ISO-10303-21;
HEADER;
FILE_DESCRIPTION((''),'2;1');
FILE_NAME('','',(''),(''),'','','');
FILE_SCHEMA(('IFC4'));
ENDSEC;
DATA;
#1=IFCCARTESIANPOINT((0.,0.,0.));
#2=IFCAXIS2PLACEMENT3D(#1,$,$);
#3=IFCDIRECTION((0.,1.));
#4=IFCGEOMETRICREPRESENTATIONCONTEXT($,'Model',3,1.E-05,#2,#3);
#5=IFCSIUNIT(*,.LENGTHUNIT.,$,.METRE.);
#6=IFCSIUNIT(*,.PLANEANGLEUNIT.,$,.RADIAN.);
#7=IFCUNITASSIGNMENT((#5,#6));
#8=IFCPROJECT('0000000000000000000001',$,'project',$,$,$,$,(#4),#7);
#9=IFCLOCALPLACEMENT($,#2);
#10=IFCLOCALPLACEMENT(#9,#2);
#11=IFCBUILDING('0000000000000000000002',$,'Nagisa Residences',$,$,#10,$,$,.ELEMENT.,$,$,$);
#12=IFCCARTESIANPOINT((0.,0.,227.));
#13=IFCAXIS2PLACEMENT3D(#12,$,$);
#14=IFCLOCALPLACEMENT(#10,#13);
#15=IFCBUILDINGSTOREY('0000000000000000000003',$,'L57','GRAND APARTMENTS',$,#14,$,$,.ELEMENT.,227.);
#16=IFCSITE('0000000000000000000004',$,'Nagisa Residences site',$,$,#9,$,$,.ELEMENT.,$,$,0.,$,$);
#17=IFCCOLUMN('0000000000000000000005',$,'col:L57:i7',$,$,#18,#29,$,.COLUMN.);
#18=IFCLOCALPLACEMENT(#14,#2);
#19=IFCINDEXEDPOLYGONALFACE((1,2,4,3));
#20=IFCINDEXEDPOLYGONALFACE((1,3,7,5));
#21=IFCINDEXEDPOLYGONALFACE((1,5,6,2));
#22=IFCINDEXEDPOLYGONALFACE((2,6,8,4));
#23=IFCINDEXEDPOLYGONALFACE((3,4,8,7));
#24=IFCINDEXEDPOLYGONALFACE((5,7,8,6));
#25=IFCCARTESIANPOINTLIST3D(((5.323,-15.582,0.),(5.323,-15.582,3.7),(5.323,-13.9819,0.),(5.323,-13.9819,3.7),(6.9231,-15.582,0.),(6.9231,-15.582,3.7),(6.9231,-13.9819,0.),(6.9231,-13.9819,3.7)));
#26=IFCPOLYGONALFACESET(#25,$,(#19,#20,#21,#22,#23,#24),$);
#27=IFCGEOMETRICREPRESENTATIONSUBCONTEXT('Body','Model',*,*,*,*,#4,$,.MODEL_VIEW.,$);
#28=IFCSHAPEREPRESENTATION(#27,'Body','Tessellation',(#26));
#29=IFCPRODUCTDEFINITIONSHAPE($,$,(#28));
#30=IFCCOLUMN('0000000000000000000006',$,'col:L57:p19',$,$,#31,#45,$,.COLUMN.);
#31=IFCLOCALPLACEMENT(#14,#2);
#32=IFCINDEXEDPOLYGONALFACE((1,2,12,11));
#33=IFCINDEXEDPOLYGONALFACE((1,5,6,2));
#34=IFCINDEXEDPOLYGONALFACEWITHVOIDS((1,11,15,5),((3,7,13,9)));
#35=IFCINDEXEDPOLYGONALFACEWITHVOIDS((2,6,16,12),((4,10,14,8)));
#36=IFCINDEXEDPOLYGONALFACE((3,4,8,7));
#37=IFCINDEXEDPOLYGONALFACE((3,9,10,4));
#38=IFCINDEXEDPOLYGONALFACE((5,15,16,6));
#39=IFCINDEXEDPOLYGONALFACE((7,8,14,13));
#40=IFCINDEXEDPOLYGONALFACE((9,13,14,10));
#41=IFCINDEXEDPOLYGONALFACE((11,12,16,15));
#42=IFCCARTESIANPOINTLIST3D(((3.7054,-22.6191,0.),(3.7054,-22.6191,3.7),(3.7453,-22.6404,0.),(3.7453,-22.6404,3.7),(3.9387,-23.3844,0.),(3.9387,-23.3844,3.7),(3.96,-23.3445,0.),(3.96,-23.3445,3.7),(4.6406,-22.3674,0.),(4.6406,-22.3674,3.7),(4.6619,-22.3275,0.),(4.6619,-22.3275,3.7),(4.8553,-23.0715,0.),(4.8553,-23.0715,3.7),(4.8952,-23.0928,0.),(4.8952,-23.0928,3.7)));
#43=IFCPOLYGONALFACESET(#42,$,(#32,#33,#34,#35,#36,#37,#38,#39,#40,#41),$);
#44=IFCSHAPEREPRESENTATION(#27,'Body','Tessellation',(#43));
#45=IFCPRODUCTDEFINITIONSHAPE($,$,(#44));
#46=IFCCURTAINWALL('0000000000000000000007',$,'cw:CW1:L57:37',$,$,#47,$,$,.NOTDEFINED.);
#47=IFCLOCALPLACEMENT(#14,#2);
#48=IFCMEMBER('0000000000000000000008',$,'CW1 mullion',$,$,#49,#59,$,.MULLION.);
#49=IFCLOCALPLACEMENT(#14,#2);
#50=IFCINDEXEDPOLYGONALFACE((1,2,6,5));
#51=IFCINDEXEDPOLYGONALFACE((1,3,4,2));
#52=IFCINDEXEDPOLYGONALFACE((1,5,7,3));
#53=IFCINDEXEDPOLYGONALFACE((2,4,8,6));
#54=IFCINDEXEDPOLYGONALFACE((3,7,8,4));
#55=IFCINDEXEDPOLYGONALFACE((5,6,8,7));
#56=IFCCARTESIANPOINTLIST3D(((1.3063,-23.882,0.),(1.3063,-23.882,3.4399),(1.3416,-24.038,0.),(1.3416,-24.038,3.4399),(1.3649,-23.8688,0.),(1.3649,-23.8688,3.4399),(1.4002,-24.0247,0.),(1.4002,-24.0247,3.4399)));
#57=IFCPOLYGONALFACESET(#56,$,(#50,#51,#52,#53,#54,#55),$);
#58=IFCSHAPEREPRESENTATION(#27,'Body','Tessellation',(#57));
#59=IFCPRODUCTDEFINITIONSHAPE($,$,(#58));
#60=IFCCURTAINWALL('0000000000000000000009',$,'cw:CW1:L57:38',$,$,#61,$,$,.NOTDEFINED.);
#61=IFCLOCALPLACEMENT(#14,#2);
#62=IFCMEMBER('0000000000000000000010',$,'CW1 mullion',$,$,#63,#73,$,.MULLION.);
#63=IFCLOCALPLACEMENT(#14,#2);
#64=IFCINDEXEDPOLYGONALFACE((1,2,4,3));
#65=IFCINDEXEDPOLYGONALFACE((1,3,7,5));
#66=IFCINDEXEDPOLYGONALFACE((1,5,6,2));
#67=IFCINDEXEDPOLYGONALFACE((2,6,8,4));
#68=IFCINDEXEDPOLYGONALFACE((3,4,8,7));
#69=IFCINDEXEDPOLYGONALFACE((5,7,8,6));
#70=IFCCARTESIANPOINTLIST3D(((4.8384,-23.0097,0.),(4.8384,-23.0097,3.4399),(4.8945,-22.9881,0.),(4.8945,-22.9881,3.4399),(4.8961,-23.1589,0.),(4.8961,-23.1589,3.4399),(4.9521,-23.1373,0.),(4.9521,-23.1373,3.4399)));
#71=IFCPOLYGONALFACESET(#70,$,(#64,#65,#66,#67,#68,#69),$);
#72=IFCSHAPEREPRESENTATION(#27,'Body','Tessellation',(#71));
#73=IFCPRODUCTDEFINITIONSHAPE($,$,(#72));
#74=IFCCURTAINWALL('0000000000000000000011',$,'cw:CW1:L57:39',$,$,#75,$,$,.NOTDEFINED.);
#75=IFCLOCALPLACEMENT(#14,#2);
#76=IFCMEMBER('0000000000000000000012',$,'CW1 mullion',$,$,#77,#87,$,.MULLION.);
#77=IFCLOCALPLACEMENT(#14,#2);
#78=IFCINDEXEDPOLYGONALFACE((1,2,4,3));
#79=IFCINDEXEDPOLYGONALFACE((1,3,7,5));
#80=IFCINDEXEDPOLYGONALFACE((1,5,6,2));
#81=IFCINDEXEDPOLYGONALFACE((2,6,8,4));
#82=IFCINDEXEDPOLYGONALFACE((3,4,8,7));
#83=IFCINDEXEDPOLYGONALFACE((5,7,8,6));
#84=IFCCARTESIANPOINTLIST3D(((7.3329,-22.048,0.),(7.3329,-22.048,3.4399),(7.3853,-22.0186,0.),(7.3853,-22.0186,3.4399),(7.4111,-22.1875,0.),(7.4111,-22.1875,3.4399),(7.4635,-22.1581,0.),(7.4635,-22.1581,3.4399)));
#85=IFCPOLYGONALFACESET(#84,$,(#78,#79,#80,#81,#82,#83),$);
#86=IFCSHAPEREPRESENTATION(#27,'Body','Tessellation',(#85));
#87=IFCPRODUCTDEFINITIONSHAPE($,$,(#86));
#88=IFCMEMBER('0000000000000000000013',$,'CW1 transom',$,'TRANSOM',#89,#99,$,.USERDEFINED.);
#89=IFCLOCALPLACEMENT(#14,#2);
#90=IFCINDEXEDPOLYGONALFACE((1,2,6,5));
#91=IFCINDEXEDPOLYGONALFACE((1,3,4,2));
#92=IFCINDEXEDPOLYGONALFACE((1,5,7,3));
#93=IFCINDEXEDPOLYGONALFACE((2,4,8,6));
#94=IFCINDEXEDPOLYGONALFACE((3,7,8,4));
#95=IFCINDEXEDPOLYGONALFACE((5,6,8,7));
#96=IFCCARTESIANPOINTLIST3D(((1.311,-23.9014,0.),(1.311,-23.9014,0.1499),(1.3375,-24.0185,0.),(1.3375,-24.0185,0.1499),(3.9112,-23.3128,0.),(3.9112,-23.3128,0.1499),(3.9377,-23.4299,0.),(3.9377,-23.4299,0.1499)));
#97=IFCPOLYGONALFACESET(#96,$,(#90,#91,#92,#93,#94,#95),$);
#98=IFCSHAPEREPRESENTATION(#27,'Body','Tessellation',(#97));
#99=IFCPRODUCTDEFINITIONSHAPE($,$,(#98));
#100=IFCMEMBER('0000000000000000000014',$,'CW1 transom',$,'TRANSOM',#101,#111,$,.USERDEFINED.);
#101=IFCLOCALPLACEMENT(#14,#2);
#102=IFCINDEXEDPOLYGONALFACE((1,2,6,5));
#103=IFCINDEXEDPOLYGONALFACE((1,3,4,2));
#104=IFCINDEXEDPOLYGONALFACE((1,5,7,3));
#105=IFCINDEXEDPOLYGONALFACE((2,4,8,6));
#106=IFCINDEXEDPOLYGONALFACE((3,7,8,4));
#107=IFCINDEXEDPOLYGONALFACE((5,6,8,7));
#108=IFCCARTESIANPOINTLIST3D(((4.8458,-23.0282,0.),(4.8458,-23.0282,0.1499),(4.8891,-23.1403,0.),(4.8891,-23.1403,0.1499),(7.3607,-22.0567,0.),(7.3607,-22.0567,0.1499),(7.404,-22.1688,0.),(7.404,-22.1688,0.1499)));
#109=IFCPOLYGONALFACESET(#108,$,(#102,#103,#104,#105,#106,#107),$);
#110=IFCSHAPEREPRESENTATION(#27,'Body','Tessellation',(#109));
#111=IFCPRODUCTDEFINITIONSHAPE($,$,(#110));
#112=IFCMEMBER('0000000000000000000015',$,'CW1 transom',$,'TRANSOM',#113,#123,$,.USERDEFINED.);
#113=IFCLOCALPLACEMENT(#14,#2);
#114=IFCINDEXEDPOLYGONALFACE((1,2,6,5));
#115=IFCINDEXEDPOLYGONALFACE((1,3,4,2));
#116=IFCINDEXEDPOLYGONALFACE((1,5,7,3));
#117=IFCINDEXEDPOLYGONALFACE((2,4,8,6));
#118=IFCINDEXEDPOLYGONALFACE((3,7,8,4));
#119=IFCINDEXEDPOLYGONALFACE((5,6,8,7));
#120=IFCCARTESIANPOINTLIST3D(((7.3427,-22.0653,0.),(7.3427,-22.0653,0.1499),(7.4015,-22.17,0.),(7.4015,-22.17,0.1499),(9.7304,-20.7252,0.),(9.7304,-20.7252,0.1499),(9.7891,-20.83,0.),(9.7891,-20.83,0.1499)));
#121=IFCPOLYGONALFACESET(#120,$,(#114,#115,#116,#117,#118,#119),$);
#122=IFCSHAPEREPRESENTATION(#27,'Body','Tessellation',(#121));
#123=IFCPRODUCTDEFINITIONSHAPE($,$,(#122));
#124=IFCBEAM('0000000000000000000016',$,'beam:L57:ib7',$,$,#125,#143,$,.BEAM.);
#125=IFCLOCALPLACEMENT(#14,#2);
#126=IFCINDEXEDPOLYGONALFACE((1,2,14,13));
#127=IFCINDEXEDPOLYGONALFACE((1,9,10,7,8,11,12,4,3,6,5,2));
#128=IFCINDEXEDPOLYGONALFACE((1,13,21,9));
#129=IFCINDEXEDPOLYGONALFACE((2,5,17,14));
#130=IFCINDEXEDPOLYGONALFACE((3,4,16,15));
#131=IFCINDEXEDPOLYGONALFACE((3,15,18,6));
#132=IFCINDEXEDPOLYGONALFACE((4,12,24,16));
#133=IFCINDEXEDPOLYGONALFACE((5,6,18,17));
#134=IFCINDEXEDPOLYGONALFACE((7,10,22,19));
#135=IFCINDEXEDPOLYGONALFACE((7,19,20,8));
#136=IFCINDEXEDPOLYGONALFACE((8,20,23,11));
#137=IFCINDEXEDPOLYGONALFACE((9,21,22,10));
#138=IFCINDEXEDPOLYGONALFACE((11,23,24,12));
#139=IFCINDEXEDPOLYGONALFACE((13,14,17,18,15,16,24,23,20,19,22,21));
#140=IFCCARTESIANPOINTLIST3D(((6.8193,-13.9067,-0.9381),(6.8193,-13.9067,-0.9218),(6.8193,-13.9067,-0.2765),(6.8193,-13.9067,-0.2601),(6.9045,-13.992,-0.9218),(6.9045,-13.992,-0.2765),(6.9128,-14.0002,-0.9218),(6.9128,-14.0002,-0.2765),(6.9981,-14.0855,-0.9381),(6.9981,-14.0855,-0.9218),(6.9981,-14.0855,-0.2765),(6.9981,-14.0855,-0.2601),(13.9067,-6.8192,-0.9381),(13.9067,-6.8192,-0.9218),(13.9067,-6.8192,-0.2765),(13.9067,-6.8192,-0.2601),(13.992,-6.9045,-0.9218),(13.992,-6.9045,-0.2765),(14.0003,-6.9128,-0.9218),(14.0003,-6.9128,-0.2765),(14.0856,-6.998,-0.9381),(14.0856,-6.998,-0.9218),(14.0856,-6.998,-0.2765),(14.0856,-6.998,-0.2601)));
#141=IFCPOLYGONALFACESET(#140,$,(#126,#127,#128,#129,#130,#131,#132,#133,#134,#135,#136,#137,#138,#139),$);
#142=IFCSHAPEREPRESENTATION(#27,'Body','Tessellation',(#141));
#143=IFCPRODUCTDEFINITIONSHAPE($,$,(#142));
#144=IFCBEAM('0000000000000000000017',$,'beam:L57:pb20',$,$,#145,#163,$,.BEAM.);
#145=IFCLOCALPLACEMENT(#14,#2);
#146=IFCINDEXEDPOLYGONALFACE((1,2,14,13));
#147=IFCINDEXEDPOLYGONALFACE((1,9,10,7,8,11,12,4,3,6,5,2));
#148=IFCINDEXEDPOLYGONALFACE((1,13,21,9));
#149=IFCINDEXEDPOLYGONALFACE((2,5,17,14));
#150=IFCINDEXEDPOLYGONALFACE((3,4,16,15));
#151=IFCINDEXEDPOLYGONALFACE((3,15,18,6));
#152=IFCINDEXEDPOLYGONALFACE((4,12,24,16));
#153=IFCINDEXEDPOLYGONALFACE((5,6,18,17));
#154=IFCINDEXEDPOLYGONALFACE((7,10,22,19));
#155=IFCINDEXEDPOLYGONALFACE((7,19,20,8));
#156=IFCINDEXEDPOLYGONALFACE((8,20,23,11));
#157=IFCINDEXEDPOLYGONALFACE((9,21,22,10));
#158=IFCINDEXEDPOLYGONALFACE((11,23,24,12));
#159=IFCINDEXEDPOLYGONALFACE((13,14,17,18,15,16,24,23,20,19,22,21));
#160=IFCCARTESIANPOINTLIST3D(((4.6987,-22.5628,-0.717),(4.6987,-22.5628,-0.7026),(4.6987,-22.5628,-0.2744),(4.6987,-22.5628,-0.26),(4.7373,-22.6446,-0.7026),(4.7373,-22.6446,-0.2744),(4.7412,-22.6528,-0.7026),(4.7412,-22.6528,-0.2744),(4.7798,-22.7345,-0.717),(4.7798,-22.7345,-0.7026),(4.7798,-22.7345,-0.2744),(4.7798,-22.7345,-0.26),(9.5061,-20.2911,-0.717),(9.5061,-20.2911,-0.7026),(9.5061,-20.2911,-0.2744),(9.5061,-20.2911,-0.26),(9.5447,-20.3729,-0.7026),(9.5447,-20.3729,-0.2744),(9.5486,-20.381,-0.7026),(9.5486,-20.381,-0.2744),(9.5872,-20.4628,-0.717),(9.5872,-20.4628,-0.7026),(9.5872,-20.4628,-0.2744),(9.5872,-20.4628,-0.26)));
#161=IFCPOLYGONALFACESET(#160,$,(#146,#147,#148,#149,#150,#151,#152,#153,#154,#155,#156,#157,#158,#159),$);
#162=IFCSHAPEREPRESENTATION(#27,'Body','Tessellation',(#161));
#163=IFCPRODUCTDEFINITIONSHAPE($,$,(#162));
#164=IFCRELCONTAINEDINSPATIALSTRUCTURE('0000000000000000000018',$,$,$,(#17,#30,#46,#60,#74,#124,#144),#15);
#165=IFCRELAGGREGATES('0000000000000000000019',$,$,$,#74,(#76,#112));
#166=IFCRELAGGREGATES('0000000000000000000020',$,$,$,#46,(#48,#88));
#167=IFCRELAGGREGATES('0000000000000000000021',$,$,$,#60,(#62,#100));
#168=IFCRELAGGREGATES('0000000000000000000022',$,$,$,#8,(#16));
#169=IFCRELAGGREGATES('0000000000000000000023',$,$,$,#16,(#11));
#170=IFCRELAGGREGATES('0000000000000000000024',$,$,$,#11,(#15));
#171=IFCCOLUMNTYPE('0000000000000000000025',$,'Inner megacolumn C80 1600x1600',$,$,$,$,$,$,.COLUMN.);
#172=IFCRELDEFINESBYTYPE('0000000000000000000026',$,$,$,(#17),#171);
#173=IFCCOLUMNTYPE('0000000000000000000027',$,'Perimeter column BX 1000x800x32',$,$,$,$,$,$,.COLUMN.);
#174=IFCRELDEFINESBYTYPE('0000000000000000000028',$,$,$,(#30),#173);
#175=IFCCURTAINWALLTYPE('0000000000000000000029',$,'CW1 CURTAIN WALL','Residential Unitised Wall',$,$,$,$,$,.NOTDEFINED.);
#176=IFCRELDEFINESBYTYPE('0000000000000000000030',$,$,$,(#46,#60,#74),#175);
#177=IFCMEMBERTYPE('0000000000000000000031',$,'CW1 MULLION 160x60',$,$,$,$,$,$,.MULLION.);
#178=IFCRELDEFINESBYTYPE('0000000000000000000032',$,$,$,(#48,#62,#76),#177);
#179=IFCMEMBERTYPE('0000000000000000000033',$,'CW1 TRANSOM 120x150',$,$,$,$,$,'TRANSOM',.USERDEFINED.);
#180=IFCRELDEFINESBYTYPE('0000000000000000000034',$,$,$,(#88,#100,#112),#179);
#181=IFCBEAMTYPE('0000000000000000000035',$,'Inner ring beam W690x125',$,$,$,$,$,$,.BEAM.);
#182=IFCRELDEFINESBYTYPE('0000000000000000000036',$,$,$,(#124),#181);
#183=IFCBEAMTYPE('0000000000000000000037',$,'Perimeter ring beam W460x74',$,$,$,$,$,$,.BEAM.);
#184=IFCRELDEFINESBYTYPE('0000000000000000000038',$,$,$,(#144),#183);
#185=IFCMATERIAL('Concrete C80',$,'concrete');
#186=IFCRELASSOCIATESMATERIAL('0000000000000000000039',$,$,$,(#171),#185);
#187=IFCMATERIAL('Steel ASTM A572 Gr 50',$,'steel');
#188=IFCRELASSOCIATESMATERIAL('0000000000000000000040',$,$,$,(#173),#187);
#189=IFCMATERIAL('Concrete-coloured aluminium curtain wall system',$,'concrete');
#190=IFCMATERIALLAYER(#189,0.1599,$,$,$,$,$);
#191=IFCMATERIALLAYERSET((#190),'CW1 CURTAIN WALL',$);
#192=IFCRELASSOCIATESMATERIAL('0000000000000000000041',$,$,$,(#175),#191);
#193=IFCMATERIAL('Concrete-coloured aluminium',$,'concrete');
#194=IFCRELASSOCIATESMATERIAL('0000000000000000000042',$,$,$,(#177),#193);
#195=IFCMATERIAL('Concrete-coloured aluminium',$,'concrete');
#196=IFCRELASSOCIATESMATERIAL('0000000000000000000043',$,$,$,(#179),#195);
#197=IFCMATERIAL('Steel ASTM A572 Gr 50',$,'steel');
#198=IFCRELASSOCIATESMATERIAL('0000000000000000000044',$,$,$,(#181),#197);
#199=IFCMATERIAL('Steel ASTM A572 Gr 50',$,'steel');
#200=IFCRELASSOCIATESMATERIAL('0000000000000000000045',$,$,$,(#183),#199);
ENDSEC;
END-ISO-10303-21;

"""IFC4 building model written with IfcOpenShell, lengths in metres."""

from ifc_helpers import new_model, si_unit, direction, frame, origin, origin_2d, place, context, subcontext, project, spatial, rectangle, hollow_rectangle, i_section, extrude, material, layer, layer_set, material_profile, profile_set, type_object, element, aggregate, save


model = new_model("IFC4")

# Units and contexts
model_context = context("Model", 3, precision=1e-05, world=origin(), true_north=direction((0.0, 1.0)))
body_context = subcontext(model_context, "Body", "Model", "MODEL_VIEW")
ifc_project = project(units=[si_unit("LENGTHUNIT", "METRE"), si_unit("PLANEANGLEUNIT", "RADIAN")], contexts=[model_context])

# Site, building, storey
site_placement = place(None, origin())
site = spatial("IfcSite", under=ifc_project, at=site_placement, Name="Nagisa Residences site", CompositionType="ELEMENT", RefElevation=0.0)
building_placement = place(site_placement, origin())
building = spatial("IfcBuilding", under=site, at=building_placement, Name="Nagisa Residences", CompositionType="ELEMENT")
storey_placement = place(building_placement, frame((0.0, 0.0, 227.0)))
storey = spatial("IfcBuildingStorey", under=building, at=storey_placement, Name="L57", Description="GRAND APARTMENTS", CompositionType="ELEMENT", Elevation=227.0)

# Columns
ifc_material_1 = material(Name="Concrete C80", Category="concrete")
ifc_material_profile_1 = material_profile(ifc_material_1, rectangle(XDim=1.6001, YDim=1.6001, at=origin_2d()), Name="C80 1600x1600")
ifc_profile_set_1 = profile_set([ifc_material_profile_1], Name="Concrete C80")
column_type_1 = type_object("IfcColumnType", Name="Inner megacolumn C80 1600x1600", PredefinedType="COLUMN", material=ifc_profile_set_1)
column_1_placement = place(storey_placement, frame((6.123, -14.782, 0.0), z_axis=(0.0, 0.0, 1.0), x_axis=(1.0, 0.0, 0.0)))
element("IfcColumn", 1, at=column_1_placement, inside=storey, type_object=column_type_1, Name="col:L57:i7", PredefinedType="COLUMN", context=body_context, shape_type="SweptSolid", body=[
    extrude(rectangle(XDim=1.6001, YDim=1.6001, at=origin_2d()), origin(), (0.0, 0.0, 1.0), 3.7),
])
ifc_material_2 = material(Name="Steel ASTM A572 Gr 50", Category="steel")
ifc_material_profile_2 = material_profile(ifc_material_2, hollow_rectangle(XDim=1.0, YDim=0.8, WallThickness=0.032, at=origin_2d()), Name="BX 1000x800x32")
ifc_profile_set_2 = profile_set([ifc_material_profile_2], Name="Steel ASTM A572 Gr 50")
column_type_2 = type_object("IfcColumnType", Name="Perimeter column BX 1000x800x32", PredefinedType="COLUMN", material=ifc_profile_set_2)
column_2_placement = place(storey_placement, frame((4.3003, -22.856, 0.0), z_axis=(0.0, 0.0, 1.0), x_axis=(0.956525, 0.291652, 0.0)))
element("IfcColumn", 2, at=column_2_placement, inside=storey, type_object=column_type_2, Name="col:L57:p19", PredefinedType="COLUMN", context=body_context, shape_type="SweptSolid", body=[
    extrude(hollow_rectangle(XDim=1.0, YDim=0.8, WallThickness=0.032, at=origin_2d()), origin(), (0.0, 0.0, 1.0), 3.7),
])

# Curtain walls, members
ifc_material_3 = material(Name="Concrete-coloured aluminium curtain wall system", Category="concrete")
ifc_layer_1 = layer(ifc_material_3, 0.1599)
ifc_layer_set_1 = layer_set([ifc_layer_1], Name="CW1 CURTAIN WALL")
curtain_wall_type = type_object("IfcCurtainWallType", Name="CW1 CURTAIN WALL", Description="Residential Unitised Wall", PredefinedType="NOTDEFINED", material=ifc_layer_set_1)
curtain_wall_1_placement = place(storey_placement, origin())
curtain_wall_1 = element("IfcCurtainWall", 3, at=curtain_wall_1_placement, inside=storey, type_object=curtain_wall_type, Name="cw:CW1:L57:37", PredefinedType="NOTDEFINED")
ifc_material_4 = material(Name="Concrete-coloured aluminium", Category="concrete")
ifc_material_profile_3 = material_profile(ifc_material_4, rectangle(XDim=0.1599, YDim=0.0601, at=origin_2d()), Name="CW1 MULLION 160x60")
ifc_profile_set_3 = profile_set([ifc_material_profile_3], Name="Concrete-coloured aluminium")
member_type_1 = type_object("IfcMemberType", Name="CW1 MULLION 160x60", PredefinedType="MULLION", material=ifc_profile_set_3)
member_1_placement = place(storey_placement, frame((1.3533, -23.9534, 0.0), z_axis=(0.0, 0.0, 1.0), x_axis=(-0.220764, 0.975327, 0.0)))
member_1 = element("IfcMember", 4, at=member_1_placement, type_object=member_type_1, Name="CW1 mullion", PredefinedType="MULLION", context=body_context, shape_type="SweptSolid", body=[
    extrude(rectangle(XDim=0.1599, YDim=0.0601, at=origin_2d()), origin(), (0.0, 0.0, 1.0), 3.4399),
])
curtain_wall_2_placement = place(storey_placement, origin())
curtain_wall_2 = element("IfcCurtainWall", 5, at=curtain_wall_2_placement, inside=storey, type_object=curtain_wall_type, Name="cw:CW1:L57:38", PredefinedType="NOTDEFINED")
member_2_placement = place(storey_placement, frame((4.8953, -23.0735, 0.0), z_axis=(0.0, 0.0, 1.0), x_axis=(-0.360328, 0.932826, 0.0)))
member_2 = element("IfcMember", 6, at=member_2_placement, type_object=member_type_1, Name="CW1 mullion", PredefinedType="MULLION", context=body_context, shape_type="SweptSolid", body=[
    extrude(rectangle(XDim=0.1599, YDim=0.0601, at=origin_2d()), origin(), (0.0, 0.0, 1.0), 3.4399),
])
curtain_wall_3_placement = place(storey_placement, origin())
curtain_wall_3 = element("IfcCurtainWall", 7, at=curtain_wall_3_placement, inside=storey, type_object=curtain_wall_type, Name="cw:CW1:L57:39", PredefinedType="NOTDEFINED")
member_3_placement = place(storey_placement, frame((7.3982, -22.103, 0.0), z_axis=(0.0, 0.0, 1.0), x_axis=(-0.489377, 0.872072, 0.0)))
member_3 = element("IfcMember", 8, at=member_3_placement, type_object=member_type_1, Name="CW1 mullion", PredefinedType="MULLION", context=body_context, shape_type="SweptSolid", body=[
    extrude(rectangle(XDim=0.1599, YDim=0.0601, at=origin_2d()), origin(), (0.0, 0.0, 1.0), 3.4399),
])

# Members
ifc_material_5 = material(Name="Concrete-coloured aluminium", Category="concrete")
ifc_material_profile_4 = material_profile(ifc_material_5, rectangle(XDim=0.1201, YDim=0.1499, at=origin_2d()), Name="CW1 TRANSOM 120x150")
ifc_profile_set_4 = profile_set([ifc_material_profile_4], Name="Concrete-coloured aluminium")
member_type_2 = type_object("IfcMemberType", Name="CW1 TRANSOM 120x150", ElementType="TRANSOM", PredefinedType="USERDEFINED", material=ifc_profile_set_4)
member_4_placement = place(storey_placement, frame((1.3242, -23.96, 0.075), z_axis=(0.975324, 0.220778, 0.0), x_axis=(-0.220778, 0.975324, 0.0)))
member_4 = element("IfcMember", 9, at=member_4_placement, type_object=member_type_2, Name="CW1 transom", ObjectType="TRANSOM", PredefinedType="USERDEFINED", context=body_context, shape_type="SweptSolid", body=[
    extrude(rectangle(XDim=0.1201, YDim=0.1499, at=origin_2d()), origin(), (0.0, 0.0, 1.0), 2.666),
])
member_5_placement = place(storey_placement, frame((4.8674, -23.0842, 0.075), z_axis=(0.932826, 0.360326, 0.0), x_axis=(-0.360326, 0.932826, 0.0)))
member_5 = element("IfcMember", 10, at=member_5_placement, type_object=member_type_2, Name="CW1 transom", ObjectType="TRANSOM", PredefinedType="USERDEFINED", context=body_context, shape_type="SweptSolid", body=[
    extrude(rectangle(XDim=0.1201, YDim=0.1499, at=origin_2d()), origin(), (0.0, 0.0, 1.0), 2.696),
])
member_6_placement = place(storey_placement, frame((7.3721, -22.1177, 0.075), z_axis=(0.872042, 0.489431, 0.0), x_axis=(-0.489431, 0.872042, 0.0)))
member_6 = element("IfcMember", 11, at=member_6_placement, type_object=member_type_2, Name="CW1 transom", ObjectType="TRANSOM", PredefinedType="USERDEFINED", context=body_context, shape_type="SweptSolid", body=[
    extrude(rectangle(XDim=0.1201, YDim=0.1499, at=origin_2d()), origin(), (0.0, 0.0, 1.0), 2.738),
])
aggregate(curtain_wall_3, [member_3, member_6])

# Beams
ifc_material_6 = material(Name="Steel ASTM A572 Gr 50", Category="steel")
ifc_material_profile_5 = material_profile(ifc_material_6, i_section(OverallWidth=0.2529, OverallDepth=0.678, WebThickness=0.0117, FlangeThickness=0.0164, at=origin_2d()), Name="W690x125")
ifc_profile_set_5 = profile_set([ifc_material_profile_5], Name="Steel ASTM A572 Gr 50")
beam_type_1 = type_object("IfcBeamType", Name="Inner ring beam W690x125", PredefinedType="BEAM", material=ifc_profile_set_5)
beam_1_placement = place(storey_placement, frame((6.9087, -13.9961, -0.5991), z_axis=(0.707107, 0.707107, 0.0), x_axis=(-0.707107, 0.707107, 0.0)))
element("IfcBeam", 12, at=beam_1_placement, inside=storey, type_object=beam_type_1, Name="beam:L57:ib7", PredefinedType="BEAM", context=body_context, shape_type="SweptSolid", body=[
    extrude(i_section(OverallWidth=0.2529, OverallDepth=0.678, WebThickness=0.0117, FlangeThickness=0.0164, at=origin_2d()), origin(), (0.0, 0.0, 1.0), 10.0232),
])
ifc_material_7 = material(Name="Steel ASTM A572 Gr 50", Category="steel")
ifc_material_profile_6 = material_profile(ifc_material_7, i_section(OverallWidth=0.1899, OverallDepth=0.457, WebThickness=0.009, FlangeThickness=0.0144, at=origin_2d()), Name="W460x74")
ifc_profile_set_6 = profile_set([ifc_material_profile_6], Name="Steel ASTM A572 Gr 50")
beam_type_2 = type_object("IfcBeamType", Name="Perimeter ring beam W460x74", PredefinedType="BEAM", material=ifc_profile_set_6)
beam_2_placement = place(storey_placement, frame((4.7393, -22.6487, -0.4885), z_axis=(0.904134, 0.427249, 0.0), x_axis=(-0.427249, 0.904134, 0.0)))
element("IfcBeam", 13, at=beam_2_placement, inside=storey, type_object=beam_type_2, Name="beam:L57:pb20", PredefinedType="BEAM", context=body_context, shape_type="SweptSolid", body=[
    extrude(i_section(OverallWidth=0.1899, OverallDepth=0.457, WebThickness=0.009, FlangeThickness=0.0144, at=origin_2d()), origin(), (0.0, 0.0, 1.0), 5.3171),
])

aggregate(curtain_wall_1, [member_1, member_4])
aggregate(curtain_wall_2, [member_2, member_5])

save(model, "model.ifc")
